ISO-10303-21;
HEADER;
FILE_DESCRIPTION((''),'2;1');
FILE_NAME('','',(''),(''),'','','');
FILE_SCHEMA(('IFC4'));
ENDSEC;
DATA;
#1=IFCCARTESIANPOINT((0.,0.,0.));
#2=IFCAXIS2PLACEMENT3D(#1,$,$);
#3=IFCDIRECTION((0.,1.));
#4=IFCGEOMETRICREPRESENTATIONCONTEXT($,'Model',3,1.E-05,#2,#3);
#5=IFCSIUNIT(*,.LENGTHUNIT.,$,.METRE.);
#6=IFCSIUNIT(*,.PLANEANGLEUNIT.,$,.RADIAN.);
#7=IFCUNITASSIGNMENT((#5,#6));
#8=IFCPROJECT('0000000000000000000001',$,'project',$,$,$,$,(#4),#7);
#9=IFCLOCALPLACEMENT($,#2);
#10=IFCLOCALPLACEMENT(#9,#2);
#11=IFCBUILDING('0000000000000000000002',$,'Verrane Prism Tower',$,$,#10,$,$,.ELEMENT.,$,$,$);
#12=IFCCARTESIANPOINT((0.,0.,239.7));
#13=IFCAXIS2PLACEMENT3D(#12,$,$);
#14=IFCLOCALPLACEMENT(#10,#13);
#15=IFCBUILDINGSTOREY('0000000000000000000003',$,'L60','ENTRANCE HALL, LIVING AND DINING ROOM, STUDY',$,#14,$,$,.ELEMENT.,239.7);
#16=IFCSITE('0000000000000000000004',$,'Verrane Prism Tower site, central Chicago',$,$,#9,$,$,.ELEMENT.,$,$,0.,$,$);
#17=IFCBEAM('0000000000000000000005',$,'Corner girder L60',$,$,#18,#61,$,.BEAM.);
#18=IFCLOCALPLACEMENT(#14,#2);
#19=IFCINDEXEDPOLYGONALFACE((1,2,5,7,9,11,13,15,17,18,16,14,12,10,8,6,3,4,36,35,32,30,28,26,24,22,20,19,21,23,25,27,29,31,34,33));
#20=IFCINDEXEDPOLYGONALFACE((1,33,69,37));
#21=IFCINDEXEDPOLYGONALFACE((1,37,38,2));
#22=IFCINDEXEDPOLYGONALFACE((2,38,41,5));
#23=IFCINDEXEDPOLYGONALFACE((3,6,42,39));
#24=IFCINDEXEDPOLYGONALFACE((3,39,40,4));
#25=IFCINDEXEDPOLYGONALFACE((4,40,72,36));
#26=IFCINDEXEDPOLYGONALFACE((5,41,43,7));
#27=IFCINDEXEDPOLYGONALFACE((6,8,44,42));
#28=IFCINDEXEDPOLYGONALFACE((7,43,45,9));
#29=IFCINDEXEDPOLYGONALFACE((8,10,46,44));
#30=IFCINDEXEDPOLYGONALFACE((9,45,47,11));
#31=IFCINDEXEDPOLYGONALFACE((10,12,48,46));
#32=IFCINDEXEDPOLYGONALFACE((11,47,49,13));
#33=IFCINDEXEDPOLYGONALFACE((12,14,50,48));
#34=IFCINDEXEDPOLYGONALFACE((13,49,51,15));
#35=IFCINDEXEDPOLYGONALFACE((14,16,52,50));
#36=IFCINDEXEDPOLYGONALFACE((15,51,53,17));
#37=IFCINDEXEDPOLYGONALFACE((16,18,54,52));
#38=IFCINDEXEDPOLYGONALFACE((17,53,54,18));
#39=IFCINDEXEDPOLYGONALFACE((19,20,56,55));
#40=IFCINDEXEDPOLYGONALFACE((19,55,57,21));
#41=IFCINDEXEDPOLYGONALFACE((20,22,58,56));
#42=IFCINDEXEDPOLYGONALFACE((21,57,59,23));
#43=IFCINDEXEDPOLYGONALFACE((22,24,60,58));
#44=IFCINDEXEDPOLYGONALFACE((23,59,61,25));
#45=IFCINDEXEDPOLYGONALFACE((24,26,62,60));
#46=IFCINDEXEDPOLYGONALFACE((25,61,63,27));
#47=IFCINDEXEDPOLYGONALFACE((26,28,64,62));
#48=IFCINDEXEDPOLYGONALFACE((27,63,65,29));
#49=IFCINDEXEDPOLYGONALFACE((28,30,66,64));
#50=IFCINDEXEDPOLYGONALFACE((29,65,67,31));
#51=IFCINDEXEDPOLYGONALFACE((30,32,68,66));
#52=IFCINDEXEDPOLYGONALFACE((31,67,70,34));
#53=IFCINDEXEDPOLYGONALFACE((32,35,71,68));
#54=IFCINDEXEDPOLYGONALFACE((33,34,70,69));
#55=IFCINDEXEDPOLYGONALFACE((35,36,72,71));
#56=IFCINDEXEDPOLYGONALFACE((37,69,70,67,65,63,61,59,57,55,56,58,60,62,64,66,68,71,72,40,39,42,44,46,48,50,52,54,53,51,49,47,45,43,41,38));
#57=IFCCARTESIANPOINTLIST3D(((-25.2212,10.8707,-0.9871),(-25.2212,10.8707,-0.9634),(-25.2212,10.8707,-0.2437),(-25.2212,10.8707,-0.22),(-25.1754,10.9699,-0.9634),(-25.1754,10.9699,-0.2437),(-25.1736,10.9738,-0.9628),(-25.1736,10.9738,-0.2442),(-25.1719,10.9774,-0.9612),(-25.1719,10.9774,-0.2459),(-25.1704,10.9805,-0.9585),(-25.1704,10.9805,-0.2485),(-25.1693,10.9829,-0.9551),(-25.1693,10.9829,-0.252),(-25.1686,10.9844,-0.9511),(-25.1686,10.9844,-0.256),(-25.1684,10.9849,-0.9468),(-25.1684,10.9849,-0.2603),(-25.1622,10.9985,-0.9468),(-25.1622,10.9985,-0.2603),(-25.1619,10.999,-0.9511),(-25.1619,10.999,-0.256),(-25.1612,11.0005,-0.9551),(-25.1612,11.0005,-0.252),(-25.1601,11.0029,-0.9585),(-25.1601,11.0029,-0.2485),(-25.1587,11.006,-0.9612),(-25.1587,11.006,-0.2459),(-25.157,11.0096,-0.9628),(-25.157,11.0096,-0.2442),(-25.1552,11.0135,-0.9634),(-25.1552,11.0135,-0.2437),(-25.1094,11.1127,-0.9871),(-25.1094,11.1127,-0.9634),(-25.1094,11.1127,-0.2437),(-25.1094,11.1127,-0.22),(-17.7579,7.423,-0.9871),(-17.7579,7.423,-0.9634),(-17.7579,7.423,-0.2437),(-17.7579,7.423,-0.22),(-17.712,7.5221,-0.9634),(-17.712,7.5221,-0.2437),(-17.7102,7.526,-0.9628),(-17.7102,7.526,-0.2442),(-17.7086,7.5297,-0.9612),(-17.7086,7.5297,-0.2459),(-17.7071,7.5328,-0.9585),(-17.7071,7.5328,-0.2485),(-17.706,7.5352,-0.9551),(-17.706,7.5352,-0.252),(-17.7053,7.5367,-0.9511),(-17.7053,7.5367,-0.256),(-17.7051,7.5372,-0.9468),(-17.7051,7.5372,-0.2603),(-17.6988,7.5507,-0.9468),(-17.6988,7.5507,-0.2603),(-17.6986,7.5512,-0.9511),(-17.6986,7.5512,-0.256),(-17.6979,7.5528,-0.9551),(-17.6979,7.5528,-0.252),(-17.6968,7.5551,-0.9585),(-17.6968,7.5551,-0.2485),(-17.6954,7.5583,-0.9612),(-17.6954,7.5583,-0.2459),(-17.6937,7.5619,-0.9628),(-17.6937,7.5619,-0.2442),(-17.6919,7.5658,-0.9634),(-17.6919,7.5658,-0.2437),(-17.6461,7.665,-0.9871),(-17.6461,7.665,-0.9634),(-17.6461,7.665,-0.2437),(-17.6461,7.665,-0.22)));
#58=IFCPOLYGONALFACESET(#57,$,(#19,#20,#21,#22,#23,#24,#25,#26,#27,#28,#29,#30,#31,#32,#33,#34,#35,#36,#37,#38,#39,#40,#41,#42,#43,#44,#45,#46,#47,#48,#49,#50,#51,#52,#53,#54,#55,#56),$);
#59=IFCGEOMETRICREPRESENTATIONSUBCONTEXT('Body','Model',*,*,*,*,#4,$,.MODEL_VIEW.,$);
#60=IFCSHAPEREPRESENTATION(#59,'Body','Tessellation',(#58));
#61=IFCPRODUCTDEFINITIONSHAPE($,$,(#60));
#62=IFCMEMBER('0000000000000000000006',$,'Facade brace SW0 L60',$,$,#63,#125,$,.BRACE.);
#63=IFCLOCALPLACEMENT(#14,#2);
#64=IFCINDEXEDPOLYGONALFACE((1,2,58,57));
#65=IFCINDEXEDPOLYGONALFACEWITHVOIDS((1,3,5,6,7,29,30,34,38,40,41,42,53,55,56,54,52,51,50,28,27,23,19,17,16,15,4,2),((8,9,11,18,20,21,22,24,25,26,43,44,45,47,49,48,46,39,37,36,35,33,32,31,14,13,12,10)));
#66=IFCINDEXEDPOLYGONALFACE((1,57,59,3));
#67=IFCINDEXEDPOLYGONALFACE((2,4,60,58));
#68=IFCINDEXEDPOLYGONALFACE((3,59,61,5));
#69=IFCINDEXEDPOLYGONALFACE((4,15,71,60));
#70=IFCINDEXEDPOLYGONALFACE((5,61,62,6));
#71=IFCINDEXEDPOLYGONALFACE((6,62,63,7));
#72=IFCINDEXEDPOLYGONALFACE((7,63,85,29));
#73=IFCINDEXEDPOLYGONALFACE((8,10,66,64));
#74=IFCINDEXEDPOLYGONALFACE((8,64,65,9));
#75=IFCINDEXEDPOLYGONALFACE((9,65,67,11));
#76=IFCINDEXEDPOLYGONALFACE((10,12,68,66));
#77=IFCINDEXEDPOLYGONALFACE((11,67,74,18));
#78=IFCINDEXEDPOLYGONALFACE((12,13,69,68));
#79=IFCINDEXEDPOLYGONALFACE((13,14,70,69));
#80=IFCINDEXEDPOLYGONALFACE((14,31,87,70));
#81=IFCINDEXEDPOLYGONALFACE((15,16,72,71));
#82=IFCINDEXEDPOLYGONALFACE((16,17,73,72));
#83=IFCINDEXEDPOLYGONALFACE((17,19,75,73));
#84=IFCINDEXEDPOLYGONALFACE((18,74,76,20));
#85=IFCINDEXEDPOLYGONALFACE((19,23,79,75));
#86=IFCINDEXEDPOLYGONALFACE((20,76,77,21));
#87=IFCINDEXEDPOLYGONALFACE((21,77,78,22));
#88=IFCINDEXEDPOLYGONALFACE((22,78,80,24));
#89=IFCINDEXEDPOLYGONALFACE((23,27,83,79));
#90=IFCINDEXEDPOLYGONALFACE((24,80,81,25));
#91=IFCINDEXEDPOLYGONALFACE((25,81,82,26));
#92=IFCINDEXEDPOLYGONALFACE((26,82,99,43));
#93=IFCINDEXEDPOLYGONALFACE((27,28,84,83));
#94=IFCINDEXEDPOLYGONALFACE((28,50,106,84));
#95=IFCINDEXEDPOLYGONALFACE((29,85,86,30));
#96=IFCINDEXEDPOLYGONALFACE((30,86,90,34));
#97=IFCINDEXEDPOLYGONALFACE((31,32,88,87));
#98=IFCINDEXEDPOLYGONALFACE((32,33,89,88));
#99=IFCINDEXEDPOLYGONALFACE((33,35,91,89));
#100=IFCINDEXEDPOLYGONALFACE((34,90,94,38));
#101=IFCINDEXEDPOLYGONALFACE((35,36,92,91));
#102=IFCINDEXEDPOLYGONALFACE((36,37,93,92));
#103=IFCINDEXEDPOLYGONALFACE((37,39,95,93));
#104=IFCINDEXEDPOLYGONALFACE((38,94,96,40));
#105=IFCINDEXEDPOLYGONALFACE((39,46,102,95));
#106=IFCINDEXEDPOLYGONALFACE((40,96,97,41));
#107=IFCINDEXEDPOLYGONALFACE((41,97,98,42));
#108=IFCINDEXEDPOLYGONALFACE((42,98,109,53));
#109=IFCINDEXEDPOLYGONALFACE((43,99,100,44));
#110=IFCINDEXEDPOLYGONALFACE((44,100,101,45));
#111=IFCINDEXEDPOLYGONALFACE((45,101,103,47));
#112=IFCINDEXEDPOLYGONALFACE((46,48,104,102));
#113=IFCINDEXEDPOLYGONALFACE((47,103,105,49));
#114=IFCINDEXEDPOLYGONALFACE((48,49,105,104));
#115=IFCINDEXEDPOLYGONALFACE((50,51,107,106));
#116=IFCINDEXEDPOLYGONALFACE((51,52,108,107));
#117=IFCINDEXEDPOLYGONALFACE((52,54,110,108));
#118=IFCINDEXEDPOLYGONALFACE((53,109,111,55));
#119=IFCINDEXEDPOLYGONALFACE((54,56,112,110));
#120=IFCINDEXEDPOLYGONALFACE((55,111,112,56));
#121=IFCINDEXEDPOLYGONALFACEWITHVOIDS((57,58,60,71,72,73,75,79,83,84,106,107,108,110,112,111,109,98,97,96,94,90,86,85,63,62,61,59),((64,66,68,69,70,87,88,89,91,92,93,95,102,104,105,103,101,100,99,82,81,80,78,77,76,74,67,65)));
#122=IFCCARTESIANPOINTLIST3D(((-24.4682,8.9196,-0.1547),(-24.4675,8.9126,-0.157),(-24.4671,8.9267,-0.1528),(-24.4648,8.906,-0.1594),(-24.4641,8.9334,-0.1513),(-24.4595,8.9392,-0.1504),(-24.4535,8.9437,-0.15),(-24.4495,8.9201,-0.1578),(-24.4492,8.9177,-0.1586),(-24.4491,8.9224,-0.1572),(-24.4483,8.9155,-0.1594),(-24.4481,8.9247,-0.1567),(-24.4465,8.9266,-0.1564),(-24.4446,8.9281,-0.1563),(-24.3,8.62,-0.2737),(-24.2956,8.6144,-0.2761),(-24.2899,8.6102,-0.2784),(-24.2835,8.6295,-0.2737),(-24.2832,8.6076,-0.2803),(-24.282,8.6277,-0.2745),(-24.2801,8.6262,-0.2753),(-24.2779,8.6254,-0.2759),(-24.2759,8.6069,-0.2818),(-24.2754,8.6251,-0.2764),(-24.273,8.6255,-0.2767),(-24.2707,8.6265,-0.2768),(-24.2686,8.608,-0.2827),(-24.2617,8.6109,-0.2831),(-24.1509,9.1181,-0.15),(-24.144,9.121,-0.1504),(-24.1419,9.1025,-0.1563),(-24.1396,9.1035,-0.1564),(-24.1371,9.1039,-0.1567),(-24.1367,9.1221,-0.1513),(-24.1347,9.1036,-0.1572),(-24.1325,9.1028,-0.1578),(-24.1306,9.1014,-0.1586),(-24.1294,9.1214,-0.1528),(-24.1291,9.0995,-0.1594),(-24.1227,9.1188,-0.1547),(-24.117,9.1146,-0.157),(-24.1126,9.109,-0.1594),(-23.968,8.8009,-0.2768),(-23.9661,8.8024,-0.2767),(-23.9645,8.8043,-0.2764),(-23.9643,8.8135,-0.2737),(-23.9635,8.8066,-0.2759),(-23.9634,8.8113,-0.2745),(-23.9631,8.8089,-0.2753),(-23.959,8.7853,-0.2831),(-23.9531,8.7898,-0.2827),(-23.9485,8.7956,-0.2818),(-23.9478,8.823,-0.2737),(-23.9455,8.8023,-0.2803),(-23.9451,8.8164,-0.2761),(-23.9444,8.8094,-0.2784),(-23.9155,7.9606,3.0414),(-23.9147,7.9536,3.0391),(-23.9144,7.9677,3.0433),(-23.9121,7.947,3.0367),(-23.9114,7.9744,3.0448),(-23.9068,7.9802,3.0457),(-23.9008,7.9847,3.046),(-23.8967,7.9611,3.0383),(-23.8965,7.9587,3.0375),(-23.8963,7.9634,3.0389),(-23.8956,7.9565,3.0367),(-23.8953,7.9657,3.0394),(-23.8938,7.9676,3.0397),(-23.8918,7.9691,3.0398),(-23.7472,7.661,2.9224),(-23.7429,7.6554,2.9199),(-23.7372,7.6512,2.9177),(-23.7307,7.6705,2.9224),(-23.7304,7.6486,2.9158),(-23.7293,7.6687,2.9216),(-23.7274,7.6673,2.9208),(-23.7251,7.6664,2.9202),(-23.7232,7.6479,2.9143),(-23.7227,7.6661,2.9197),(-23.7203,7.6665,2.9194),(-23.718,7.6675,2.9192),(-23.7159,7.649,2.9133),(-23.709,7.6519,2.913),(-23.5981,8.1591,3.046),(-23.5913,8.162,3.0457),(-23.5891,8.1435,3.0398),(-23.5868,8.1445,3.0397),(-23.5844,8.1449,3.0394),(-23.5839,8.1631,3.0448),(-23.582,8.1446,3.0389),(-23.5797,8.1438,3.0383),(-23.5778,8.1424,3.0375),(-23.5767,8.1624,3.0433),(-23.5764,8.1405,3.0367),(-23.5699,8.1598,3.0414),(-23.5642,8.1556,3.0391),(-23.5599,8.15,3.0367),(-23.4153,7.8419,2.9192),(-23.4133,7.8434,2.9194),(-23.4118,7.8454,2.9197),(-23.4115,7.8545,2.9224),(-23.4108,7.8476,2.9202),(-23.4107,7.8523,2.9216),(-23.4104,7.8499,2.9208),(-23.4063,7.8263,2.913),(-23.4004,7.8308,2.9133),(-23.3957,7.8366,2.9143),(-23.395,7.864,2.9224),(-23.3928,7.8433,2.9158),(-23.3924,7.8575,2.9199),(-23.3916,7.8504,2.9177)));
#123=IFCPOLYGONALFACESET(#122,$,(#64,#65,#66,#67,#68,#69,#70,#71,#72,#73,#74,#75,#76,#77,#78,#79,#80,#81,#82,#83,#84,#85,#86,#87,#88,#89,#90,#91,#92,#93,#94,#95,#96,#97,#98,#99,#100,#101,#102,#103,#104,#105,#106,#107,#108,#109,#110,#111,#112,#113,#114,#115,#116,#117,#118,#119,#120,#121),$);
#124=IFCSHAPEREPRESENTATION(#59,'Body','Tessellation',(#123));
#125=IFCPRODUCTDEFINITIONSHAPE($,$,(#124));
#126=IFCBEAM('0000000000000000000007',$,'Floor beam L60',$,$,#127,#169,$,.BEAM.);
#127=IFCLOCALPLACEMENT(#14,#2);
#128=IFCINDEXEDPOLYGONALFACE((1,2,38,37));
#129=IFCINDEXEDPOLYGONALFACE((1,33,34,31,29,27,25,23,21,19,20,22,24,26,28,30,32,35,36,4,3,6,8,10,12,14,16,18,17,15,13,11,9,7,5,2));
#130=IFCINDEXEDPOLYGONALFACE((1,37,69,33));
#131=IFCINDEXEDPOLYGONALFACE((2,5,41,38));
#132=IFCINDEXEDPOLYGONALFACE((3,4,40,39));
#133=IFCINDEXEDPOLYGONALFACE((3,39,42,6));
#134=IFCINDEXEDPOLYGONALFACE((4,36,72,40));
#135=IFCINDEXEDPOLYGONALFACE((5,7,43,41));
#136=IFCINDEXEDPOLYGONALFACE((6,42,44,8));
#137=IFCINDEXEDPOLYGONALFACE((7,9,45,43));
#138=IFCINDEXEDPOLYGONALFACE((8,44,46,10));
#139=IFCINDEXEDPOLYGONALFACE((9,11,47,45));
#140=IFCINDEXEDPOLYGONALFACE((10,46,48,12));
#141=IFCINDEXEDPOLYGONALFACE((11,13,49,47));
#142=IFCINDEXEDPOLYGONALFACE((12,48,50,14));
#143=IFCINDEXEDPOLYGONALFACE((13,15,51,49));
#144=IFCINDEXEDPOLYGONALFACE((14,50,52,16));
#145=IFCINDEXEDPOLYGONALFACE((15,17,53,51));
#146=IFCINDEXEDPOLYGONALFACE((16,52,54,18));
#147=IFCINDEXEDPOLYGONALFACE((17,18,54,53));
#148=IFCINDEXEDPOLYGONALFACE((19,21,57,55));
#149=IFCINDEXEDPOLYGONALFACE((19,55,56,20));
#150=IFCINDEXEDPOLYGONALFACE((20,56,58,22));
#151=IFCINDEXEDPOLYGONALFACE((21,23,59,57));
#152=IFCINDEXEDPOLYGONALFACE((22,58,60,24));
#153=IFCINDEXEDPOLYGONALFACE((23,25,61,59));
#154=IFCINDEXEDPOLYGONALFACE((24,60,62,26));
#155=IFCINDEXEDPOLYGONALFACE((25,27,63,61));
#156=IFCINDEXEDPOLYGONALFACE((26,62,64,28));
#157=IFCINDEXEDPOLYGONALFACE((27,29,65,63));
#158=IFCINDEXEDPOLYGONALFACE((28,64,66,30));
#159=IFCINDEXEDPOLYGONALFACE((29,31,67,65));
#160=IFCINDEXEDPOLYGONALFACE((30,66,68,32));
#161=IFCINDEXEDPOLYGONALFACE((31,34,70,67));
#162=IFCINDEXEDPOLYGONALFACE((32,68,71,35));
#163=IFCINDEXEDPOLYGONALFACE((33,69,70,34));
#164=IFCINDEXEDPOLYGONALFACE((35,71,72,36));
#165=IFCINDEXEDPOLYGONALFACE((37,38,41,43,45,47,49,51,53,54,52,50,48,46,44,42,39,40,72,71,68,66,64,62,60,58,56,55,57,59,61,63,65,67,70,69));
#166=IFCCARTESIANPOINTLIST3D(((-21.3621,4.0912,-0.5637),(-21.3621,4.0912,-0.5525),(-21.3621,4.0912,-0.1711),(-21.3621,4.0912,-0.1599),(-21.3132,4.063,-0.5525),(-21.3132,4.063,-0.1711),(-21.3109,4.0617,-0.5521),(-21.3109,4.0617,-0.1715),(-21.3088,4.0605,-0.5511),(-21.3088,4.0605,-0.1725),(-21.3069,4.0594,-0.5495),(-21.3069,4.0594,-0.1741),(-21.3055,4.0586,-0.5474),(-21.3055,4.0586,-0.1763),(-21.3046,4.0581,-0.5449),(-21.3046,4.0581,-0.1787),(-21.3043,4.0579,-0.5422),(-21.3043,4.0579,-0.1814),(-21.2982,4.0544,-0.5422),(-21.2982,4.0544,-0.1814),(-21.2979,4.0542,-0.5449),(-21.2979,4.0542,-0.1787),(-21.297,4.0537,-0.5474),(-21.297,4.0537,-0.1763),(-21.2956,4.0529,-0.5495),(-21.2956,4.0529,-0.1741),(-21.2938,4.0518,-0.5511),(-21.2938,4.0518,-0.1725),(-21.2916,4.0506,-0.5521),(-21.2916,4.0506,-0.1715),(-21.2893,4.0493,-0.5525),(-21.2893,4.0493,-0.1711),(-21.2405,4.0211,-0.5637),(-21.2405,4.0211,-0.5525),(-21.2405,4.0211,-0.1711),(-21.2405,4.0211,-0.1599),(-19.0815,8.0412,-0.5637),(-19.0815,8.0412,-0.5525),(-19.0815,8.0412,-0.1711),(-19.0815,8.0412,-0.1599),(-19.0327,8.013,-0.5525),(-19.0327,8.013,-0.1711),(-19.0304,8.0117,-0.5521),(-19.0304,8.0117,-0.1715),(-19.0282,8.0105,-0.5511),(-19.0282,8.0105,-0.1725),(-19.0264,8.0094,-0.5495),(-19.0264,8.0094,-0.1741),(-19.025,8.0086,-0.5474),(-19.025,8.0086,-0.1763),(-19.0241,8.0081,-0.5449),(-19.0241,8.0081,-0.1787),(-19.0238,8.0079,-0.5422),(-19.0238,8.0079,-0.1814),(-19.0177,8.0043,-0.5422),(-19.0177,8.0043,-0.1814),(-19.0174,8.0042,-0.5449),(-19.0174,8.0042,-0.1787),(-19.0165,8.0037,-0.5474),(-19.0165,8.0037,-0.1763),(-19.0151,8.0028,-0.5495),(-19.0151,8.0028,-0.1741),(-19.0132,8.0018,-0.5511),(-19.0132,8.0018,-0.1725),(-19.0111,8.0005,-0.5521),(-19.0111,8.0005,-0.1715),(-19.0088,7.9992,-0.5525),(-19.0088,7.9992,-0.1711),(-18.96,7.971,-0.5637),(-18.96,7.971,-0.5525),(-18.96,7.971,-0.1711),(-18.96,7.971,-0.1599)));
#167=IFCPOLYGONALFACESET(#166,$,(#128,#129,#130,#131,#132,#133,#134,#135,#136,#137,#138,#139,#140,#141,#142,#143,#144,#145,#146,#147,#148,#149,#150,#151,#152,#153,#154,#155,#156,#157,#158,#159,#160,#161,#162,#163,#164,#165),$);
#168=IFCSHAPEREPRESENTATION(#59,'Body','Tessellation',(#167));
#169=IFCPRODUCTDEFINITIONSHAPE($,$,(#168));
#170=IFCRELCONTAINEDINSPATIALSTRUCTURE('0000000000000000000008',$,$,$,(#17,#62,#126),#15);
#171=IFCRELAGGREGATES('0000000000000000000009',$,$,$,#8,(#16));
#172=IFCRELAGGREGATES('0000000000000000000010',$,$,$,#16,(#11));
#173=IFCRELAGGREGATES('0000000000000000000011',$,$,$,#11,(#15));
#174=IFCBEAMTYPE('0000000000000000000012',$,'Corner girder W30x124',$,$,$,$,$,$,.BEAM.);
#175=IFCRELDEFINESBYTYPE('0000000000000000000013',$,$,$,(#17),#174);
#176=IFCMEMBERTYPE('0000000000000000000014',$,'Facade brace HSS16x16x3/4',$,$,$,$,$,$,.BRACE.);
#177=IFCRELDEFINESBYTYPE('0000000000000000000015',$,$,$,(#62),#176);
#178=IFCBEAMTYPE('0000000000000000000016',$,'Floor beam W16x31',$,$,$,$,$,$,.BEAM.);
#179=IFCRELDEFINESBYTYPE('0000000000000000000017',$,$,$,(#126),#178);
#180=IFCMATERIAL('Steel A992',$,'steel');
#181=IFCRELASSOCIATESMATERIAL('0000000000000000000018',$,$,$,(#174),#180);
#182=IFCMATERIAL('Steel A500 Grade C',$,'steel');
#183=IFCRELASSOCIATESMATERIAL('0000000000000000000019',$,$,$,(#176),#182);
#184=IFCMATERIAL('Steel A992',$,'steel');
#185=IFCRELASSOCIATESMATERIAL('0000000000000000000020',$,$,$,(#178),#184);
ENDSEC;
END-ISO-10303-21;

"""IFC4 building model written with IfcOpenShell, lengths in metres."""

from ifc_helpers import new_model, si_unit, direction, frame, origin, origin_2d, place, context, subcontext, project, spatial, hollow_rectangle, i_section, extrude, material, material_profile, profile_set, type_object, element, save


model = new_model("IFC4")

# Units and contexts
model_context = context("Model", 3, precision=1e-05, world=origin(), true_north=direction((0.0, 1.0)))
body_context = subcontext(model_context, "Body", "Model", "MODEL_VIEW")
ifc_project = project(units=[si_unit("LENGTHUNIT", "METRE"), si_unit("PLANEANGLEUNIT", "RADIAN")], contexts=[model_context])

# Site, building, storey
site_placement = place(None, origin())
site = spatial("IfcSite", under=ifc_project, at=site_placement, Name="Verrane Prism Tower site, central Chicago", CompositionType="ELEMENT", RefElevation=0.0)
building_placement = place(site_placement, origin())
building = spatial("IfcBuilding", under=site, at=building_placement, Name="Verrane Prism Tower", CompositionType="ELEMENT")
storey_placement = place(building_placement, frame((0.0, 0.0, 239.7)))
storey = spatial("IfcBuildingStorey", under=building, at=storey_placement, Name="L60", Description="ENTRANCE HALL, LIVING AND DINING ROOM, STUDY", CompositionType="ELEMENT", Elevation=239.7)

# Beam
ifc_material_1 = material(Name="Steel A992", Category="steel")
ifc_material_profile_1 = material_profile(ifc_material_1, i_section(OverallWidth=0.2666, OverallDepth=0.7671, WebThickness=0.0149, FlangeThickness=0.0237, FilletRadius=0.0166, at=origin_2d()), Name="W30x124")
ifc_profile_set_1 = profile_set([ifc_material_profile_1], Name="Steel A992")
beam_type_1 = type_object("IfcBeamType", Name="Corner girder W30x124", PredefinedType="BEAM", material=ifc_profile_set_1)
beam_1_placement = place(storey_placement, frame((-25.1653, 10.9917, -0.6035), z_axis=(0.907815, -0.419371, 0.0), x_axis=(0.419371, 0.907815, 0.0)))
element("IfcBeam", 1, at=beam_1_placement, inside=storey, type_object=beam_type_1, Name="Corner girder L60", PredefinedType="BEAM", context=body_context, shape_type="SweptSolid", body=[
    extrude(i_section(OverallWidth=0.2666, OverallDepth=0.7671, WebThickness=0.0149, FlangeThickness=0.0237, FilletRadius=0.0166, at=origin_2d()), origin(), (0.0, 0.0, 1.0), 8.2212),
])

# Member
ifc_material_2 = material(Name="Steel A500 Grade C", Category="steel")
ifc_material_profile_2 = material_profile(ifc_material_2, hollow_rectangle(XDim=0.4065, YDim=0.4065, WallThickness=0.019, InnerFilletRadius=0.0095, OuterFilletRadius=0.0286, at=origin_2d()), Name="HSS16x16x3/4")
ifc_profile_set_2 = profile_set([ifc_material_profile_2], Name="Steel A500 Grade C")
member_type_1 = type_object("IfcMemberType", Name="Facade brace HSS16x16x3/4", PredefinedType="BRACE", material=ifc_profile_set_2)
member_1_placement = place(storey_placement, frame((-24.2063, 8.8645, -0.2166), z_axis=(0.16342, -0.283531, 0.944936), x_axis=(0.866391, 0.499366, 0.0)))
element("IfcMember", 2, at=member_1_placement, inside=storey, type_object=member_type_1, Name="Facade brace SW0 L60", PredefinedType="BRACE", context=body_context, shape_type="SweptSolid", body=[
    extrude(hollow_rectangle(XDim=0.4065, YDim=0.4065, WallThickness=0.019, InnerFilletRadius=0.0095, OuterFilletRadius=0.0286, at=origin_2d()), origin(), (0.0, 0.0, 1.0), 3.3823),
])

# Beam
ifc_material_3 = material(Name="Steel A992", Category="steel")
ifc_material_profile_3 = material_profile(ifc_material_3, i_section(OverallWidth=0.1404, OverallDepth=0.4038, WebThickness=0.0071, FlangeThickness=0.0112, FilletRadius=0.0103, at=origin_2d()), Name="W16x31")
ifc_profile_set_3 = profile_set([ifc_material_profile_3], Name="Steel A992")
beam_type_2 = type_object("IfcBeamType", Name="Floor beam W16x31", PredefinedType="BEAM", material=ifc_profile_set_3)
beam_2_placement = place(storey_placement, frame((-21.3013, 4.0562, -0.3618), z_axis=(0.500002, 0.866024, 0.0), x_axis=(-0.866024, 0.500002, 0.0)))
element("IfcBeam", 3, at=beam_2_placement, inside=storey, type_object=beam_type_2, Name="Floor beam L60", PredefinedType="BEAM", context=body_context, shape_type="SweptSolid", body=[
    extrude(i_section(OverallWidth=0.1404, OverallDepth=0.4038, WebThickness=0.0071, FlangeThickness=0.0112, FilletRadius=0.0103, at=origin_2d()), origin(), (0.0, 0.0, 1.0), 4.561),
])

save(model, "model.ifc")
